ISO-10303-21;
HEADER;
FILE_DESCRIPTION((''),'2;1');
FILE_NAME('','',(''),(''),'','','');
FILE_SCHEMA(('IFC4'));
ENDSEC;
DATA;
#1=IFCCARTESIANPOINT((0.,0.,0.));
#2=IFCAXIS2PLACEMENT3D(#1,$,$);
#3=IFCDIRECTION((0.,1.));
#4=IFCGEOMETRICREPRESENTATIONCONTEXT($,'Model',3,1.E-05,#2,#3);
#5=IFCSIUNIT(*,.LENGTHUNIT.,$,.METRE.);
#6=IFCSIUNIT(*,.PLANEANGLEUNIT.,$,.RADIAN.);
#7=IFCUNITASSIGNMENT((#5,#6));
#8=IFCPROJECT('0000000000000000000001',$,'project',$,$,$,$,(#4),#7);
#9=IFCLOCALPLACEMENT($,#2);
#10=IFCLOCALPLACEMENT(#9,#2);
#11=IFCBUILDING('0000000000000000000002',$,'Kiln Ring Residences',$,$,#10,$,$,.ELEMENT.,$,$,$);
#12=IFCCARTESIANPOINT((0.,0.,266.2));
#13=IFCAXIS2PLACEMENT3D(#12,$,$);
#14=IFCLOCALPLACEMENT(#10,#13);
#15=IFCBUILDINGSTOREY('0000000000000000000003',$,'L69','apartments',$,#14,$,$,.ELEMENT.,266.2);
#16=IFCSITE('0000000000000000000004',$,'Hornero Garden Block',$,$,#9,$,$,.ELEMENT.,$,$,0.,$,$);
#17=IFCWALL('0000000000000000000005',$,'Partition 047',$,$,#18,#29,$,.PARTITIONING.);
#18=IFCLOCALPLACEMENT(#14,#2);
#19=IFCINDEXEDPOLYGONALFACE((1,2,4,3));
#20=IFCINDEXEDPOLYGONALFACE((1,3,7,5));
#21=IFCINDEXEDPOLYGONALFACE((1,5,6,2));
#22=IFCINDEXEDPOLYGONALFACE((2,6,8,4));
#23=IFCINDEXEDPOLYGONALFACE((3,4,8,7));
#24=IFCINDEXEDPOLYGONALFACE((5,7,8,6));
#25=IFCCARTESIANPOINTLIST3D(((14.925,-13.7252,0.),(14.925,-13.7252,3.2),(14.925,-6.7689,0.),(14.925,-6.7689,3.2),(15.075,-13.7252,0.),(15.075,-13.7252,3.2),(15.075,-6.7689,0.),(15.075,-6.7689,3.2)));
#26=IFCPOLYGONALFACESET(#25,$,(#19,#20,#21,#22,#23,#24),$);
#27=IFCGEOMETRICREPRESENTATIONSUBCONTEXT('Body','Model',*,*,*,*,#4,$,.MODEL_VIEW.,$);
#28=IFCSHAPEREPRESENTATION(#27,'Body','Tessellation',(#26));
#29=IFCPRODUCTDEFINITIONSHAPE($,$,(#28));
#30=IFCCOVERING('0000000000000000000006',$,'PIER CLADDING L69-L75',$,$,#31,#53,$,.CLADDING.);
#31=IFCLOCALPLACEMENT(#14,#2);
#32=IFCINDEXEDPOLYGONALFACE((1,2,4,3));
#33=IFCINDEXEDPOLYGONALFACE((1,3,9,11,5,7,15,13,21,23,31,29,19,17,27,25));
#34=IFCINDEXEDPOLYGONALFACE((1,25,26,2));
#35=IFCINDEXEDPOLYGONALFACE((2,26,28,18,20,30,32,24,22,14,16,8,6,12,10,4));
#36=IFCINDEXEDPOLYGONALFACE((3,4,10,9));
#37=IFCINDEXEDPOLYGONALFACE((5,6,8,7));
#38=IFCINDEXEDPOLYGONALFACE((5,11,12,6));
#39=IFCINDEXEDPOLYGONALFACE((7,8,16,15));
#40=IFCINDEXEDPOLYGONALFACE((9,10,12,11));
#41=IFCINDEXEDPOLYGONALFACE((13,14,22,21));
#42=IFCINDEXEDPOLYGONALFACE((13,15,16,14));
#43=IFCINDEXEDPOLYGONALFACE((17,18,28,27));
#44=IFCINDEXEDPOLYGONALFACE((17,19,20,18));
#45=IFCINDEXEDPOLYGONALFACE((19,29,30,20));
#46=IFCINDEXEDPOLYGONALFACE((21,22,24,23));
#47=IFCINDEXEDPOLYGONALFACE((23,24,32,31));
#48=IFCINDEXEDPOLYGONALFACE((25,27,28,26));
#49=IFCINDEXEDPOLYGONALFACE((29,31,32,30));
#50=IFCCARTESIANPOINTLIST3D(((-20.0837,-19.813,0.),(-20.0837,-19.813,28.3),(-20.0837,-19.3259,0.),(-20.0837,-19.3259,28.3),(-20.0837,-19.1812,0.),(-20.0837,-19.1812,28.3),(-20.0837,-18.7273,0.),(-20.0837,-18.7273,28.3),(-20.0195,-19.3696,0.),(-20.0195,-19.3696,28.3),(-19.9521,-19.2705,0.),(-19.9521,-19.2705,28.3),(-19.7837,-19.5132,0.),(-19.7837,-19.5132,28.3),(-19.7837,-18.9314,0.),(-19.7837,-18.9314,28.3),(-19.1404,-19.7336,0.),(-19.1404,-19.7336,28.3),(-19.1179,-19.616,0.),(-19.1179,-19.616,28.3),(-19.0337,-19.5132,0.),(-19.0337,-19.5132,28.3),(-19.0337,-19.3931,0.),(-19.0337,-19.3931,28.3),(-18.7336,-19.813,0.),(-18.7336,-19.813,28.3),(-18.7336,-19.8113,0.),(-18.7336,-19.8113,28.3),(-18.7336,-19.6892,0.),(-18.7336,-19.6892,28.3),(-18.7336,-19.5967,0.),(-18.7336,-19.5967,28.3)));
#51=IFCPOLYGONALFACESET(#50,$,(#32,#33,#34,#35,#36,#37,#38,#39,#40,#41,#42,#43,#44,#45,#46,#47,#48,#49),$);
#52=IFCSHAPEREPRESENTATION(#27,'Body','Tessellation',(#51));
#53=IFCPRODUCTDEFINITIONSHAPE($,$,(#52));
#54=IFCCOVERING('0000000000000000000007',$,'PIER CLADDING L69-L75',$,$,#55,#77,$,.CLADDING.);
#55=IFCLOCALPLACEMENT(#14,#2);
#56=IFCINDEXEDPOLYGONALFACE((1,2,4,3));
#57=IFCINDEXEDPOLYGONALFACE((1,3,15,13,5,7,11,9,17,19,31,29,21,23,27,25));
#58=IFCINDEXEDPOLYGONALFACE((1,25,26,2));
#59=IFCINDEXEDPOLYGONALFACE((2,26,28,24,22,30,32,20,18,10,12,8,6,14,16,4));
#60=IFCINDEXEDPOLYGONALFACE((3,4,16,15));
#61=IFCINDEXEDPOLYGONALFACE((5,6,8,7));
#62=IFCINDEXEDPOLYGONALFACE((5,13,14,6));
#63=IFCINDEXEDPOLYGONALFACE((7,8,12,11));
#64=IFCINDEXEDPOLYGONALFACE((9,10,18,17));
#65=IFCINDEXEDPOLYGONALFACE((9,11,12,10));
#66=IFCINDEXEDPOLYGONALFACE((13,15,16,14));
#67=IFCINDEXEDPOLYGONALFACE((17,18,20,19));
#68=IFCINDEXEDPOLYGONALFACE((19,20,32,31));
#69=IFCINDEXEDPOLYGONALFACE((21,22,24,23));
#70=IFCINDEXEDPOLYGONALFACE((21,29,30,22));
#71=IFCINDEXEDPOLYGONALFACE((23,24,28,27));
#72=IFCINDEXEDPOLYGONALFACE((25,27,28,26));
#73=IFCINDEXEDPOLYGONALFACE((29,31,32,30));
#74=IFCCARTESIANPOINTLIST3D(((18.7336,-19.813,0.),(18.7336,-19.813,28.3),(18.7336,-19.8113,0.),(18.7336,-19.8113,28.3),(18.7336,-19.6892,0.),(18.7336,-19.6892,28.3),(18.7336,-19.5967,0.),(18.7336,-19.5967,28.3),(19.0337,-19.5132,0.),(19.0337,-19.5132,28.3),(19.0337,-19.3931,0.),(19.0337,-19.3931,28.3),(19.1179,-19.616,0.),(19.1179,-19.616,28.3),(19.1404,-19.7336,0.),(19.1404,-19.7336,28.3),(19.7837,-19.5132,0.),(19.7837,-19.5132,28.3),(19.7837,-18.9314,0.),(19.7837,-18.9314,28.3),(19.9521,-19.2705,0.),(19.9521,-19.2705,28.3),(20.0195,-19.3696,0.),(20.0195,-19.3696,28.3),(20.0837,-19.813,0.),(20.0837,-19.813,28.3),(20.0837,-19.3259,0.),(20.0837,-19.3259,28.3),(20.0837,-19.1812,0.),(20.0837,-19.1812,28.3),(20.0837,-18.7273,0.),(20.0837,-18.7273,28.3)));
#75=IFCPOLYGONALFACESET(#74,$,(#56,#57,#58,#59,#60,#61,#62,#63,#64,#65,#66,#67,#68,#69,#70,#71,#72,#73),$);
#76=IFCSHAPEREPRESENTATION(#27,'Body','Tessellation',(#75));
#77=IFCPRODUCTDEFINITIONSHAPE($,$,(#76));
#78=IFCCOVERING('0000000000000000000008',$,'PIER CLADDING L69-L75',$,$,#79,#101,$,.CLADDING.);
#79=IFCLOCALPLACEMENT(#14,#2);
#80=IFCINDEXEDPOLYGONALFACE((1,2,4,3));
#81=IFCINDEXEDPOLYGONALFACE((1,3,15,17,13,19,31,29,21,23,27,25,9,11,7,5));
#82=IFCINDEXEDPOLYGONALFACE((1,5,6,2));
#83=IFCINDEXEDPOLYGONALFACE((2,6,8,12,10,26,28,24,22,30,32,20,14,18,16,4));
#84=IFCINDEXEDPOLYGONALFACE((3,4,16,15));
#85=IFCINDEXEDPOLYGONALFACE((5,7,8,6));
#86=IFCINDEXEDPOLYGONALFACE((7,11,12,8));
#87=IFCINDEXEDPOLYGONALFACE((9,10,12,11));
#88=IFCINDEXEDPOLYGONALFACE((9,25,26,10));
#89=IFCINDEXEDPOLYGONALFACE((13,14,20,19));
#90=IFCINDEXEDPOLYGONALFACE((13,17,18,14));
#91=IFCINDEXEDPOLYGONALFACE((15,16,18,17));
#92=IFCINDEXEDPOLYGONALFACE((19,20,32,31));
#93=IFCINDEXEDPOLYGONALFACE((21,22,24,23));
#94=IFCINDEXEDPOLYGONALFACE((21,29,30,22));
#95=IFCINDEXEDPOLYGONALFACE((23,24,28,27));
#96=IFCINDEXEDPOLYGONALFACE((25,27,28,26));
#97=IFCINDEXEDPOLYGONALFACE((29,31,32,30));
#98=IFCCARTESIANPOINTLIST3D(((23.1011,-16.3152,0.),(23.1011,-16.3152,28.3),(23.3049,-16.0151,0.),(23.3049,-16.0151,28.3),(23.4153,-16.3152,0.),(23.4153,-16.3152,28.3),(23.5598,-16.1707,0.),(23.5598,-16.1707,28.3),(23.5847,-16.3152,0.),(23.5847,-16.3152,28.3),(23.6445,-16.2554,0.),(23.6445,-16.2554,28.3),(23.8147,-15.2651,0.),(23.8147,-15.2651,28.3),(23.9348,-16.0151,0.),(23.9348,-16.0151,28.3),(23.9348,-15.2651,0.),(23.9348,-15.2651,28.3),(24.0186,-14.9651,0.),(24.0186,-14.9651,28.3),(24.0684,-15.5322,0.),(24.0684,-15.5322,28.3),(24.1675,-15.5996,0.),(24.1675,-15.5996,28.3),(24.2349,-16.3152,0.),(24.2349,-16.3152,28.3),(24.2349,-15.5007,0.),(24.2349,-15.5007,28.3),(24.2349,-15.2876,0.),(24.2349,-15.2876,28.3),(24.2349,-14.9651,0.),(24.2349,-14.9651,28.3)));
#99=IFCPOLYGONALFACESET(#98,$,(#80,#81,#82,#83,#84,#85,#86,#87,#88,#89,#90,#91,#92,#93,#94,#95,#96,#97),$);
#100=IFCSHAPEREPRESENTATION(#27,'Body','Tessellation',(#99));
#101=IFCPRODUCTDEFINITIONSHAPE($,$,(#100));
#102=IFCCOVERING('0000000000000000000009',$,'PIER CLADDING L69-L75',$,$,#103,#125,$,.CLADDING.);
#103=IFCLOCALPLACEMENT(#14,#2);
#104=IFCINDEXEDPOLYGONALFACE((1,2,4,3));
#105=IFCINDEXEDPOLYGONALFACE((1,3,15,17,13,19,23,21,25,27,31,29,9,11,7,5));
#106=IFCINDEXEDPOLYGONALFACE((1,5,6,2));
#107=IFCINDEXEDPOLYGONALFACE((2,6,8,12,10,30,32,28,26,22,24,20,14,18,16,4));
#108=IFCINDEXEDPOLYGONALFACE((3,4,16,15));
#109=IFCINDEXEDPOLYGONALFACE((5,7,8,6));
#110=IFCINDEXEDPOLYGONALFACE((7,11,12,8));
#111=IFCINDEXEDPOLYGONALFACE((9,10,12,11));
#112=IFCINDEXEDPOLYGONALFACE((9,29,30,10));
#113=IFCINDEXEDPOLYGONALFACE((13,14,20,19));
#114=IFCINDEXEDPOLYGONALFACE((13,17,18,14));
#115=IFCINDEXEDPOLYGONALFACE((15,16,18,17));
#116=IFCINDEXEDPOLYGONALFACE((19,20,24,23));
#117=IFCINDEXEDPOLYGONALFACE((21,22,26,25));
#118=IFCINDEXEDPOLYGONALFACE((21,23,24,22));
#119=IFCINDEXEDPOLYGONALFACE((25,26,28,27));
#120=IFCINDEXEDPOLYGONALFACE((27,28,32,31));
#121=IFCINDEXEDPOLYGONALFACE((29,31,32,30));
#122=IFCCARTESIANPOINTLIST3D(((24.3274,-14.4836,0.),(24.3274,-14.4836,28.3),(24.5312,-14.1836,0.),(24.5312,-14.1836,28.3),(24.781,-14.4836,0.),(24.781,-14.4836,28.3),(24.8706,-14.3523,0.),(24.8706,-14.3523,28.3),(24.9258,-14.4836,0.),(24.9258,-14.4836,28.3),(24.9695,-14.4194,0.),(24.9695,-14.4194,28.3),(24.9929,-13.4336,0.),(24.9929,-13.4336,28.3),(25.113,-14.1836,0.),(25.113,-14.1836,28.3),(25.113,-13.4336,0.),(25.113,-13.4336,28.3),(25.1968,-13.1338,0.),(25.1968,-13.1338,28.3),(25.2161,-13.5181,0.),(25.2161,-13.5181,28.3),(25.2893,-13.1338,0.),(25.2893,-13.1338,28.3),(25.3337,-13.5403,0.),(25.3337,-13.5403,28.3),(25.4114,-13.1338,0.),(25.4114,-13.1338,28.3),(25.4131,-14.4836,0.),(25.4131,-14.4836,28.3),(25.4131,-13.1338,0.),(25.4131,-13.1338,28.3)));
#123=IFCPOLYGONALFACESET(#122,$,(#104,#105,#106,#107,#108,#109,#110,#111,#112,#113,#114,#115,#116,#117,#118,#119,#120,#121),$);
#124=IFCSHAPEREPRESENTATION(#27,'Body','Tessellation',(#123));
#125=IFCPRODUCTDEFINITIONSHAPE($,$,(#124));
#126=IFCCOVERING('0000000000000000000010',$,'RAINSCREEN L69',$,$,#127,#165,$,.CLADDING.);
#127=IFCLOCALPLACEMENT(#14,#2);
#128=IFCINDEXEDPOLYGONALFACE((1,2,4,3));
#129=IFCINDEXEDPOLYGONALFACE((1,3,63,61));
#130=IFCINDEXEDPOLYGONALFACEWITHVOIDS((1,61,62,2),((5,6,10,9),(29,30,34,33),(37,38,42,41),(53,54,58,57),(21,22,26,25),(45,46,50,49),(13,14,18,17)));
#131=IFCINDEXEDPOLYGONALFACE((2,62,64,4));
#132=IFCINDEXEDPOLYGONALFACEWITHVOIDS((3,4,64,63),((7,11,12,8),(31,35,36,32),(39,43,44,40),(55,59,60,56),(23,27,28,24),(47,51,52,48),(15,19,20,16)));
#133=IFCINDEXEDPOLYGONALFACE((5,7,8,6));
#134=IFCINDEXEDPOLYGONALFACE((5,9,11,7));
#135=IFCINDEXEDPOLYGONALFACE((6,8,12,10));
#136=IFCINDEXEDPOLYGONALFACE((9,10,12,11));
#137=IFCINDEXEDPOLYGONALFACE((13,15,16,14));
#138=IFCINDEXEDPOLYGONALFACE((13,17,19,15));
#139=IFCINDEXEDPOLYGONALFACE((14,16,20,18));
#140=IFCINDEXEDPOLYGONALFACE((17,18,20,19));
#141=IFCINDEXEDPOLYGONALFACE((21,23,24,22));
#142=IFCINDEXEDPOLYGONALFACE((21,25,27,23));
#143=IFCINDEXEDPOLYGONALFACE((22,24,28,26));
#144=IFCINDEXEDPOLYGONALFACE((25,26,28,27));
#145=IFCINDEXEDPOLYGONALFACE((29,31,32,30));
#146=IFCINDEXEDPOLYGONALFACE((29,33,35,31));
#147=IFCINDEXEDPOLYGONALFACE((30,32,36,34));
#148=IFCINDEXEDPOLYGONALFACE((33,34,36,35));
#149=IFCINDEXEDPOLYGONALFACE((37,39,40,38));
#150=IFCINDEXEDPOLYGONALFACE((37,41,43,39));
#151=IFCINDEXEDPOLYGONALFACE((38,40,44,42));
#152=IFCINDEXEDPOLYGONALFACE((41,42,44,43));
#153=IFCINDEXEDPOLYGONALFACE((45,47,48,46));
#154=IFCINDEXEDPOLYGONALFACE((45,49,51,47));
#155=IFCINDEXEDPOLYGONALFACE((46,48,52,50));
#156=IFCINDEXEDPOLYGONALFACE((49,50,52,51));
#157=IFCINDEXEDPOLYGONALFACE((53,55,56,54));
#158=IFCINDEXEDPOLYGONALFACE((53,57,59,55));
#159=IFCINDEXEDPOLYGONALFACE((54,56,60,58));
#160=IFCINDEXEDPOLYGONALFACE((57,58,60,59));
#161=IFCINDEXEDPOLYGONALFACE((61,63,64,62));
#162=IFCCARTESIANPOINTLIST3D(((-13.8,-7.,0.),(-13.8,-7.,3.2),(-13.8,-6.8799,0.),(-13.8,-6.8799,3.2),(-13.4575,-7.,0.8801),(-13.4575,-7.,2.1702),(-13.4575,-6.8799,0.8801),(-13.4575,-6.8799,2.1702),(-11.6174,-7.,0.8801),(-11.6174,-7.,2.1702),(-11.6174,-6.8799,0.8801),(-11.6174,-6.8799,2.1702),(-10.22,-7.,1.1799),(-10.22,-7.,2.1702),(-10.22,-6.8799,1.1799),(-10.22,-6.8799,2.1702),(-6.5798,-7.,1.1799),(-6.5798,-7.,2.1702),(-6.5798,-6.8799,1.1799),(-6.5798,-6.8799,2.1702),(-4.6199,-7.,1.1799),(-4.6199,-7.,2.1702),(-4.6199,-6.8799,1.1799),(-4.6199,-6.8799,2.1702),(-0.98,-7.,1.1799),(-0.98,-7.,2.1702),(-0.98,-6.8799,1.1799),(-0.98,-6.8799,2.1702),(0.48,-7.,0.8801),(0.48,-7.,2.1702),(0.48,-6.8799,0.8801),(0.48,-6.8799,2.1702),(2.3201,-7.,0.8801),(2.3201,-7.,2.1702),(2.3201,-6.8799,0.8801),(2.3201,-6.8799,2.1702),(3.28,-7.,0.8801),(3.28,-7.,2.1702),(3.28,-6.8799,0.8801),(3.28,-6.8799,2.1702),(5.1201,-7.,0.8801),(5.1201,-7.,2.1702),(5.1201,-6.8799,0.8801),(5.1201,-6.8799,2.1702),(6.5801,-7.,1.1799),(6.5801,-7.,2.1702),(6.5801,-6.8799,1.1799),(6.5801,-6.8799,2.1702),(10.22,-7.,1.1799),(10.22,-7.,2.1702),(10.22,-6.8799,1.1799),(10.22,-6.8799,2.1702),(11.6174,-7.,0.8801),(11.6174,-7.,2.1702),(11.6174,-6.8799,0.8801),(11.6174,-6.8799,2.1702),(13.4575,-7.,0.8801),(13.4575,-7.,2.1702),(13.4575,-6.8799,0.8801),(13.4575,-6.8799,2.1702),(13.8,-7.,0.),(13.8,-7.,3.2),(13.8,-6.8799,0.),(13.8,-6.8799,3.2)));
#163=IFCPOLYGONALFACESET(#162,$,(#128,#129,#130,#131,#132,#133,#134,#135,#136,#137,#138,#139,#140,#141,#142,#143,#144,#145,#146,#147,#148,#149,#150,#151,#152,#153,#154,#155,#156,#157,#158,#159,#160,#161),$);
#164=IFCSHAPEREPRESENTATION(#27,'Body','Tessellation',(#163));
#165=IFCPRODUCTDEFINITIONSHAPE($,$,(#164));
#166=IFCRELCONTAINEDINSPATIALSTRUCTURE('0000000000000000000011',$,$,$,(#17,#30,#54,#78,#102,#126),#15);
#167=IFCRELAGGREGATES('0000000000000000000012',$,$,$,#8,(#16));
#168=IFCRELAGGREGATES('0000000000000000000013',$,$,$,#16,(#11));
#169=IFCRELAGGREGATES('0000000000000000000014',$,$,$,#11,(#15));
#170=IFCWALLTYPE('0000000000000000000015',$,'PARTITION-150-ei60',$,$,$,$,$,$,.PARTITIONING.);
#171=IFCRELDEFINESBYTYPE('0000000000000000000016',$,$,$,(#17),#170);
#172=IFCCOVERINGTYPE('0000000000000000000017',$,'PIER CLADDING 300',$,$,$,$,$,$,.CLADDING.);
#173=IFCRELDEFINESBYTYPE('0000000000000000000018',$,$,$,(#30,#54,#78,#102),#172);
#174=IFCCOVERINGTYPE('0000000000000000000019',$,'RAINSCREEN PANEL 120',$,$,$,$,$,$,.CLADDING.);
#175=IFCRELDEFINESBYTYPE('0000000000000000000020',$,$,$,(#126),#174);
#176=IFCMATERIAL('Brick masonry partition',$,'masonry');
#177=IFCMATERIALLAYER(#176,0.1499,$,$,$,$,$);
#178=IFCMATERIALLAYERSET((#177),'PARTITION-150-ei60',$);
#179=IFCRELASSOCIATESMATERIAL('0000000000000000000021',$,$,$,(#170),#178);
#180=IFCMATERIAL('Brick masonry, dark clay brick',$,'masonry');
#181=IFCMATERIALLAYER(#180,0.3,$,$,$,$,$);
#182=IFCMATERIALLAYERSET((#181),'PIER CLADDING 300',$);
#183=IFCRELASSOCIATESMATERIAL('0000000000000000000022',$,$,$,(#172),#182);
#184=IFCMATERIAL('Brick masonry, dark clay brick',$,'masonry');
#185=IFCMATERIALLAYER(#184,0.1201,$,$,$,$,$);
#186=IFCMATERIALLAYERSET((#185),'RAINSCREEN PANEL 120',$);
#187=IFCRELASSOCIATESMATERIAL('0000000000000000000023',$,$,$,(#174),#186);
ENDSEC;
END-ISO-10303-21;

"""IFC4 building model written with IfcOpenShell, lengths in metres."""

from ifc_helpers import new_model, si_unit, direction, frame, frame_2d, origin, place, context, subcontext, project, spatial, polyline, rectangle, outline, extrude, material, layer, layer_set, type_object, element, save


model = new_model("IFC4")

# Units and contexts
model_context = context("Model", 3, precision=1e-05, world=origin(), true_north=direction((0.0, 1.0)))
body_context = subcontext(model_context, "Body", "Model", "MODEL_VIEW")
ifc_project = project(units=[si_unit("LENGTHUNIT", "METRE"), si_unit("PLANEANGLEUNIT", "RADIAN")], contexts=[model_context])

# Site, building, storey
site_placement = place(None, origin())
site = spatial("IfcSite", under=ifc_project, at=site_placement, Name="Hornero Garden Block", CompositionType="ELEMENT", RefElevation=0.0)
building_placement = place(site_placement, origin())
building = spatial("IfcBuilding", under=site, at=building_placement, Name="Kiln Ring Residences", CompositionType="ELEMENT")
storey_placement = place(building_placement, frame((0.0, 0.0, 266.2)))
storey = spatial("IfcBuildingStorey", under=building, at=storey_placement, Name="L69", Description="apartments", CompositionType="ELEMENT", Elevation=266.2)

# Shared definitions
placement = place(storey_placement, origin())

# Shared definitions
ifc_material_1 = material(Name="Brick masonry partition", Category="masonry")
ifc_layer_1 = layer(ifc_material_1, 0.1499)
ifc_layer_set_1 = layer_set([ifc_layer_1], Name="PARTITION-150-ei60")
wall_type_1 = type_object("IfcWallType", Name="PARTITION-150-ei60", PredefinedType="PARTITIONING", material=ifc_layer_set_1)

# Wall
wall_1_placement = place(storey_placement, frame((15.0, -13.7251, 0.0), z_axis=(0.0, 0.0, 1.0), x_axis=(0.0, 1.0, 0.0)))
element("IfcWall", 1, at=wall_1_placement, inside=storey, type_object=wall_type_1, Name="Partition 047", PredefinedType="PARTITIONING", context=body_context, shape_type="SweptSolid", body=[
    extrude(rectangle(XDim=6.9563, YDim=0.1499, at=frame_2d((3.478, 0.0))), origin(), (0.0, 0.0, 1.0), 3.2),
])

# Coverings
ifc_material_2 = material(Name="Brick masonry, dark clay brick", Category="masonry")
ifc_layer_2 = layer(ifc_material_2, 0.3)
ifc_layer_set_2 = layer_set([ifc_layer_2], Name="PIER CLADDING 300")
covering_type_1 = type_object("IfcCoveringType", Name="PIER CLADDING 300", PredefinedType="CLADDING", material=ifc_layer_set_2)
element("IfcCovering", 2, at=placement, inside=storey, type_object=covering_type_1, Name="PIER CLADDING L69-L75", PredefinedType="CLADDING", context=body_context, shape_type="SweptSolid", body=[
    extrude(outline(polyline([(-19.7837, -19.5132), (-19.7837, -18.9314), (-20.0837, -18.7273), (-20.0837, -19.1812), (-19.9521, -19.2705), (-20.0195, -19.3696), (-20.0837, -19.3259), (-20.0837, -19.813), (-18.7336, -19.813), (-18.7336, -19.8113), (-19.1404, -19.7336), (-19.1179, -19.616), (-18.7336, -19.6892), (-18.7336, -19.5967), (-19.0337, -19.3931), (-19.0337, -19.5132), (-19.7837, -19.5132)])), origin(), (0.0, 0.0, 1.0), 28.3),
])
element("IfcCovering", 3, at=placement, inside=storey, type_object=covering_type_1, Name="PIER CLADDING L69-L75", PredefinedType="CLADDING", context=body_context, shape_type="SweptSolid", body=[
    extrude(outline(polyline([(19.0337, -19.3931), (18.7336, -19.5967), (18.7336, -19.6892), (19.1179, -19.616), (19.1404, -19.7336), (18.7336, -19.8113), (18.7336, -19.813), (20.0837, -19.813), (20.0837, -19.3259), (20.0195, -19.3696), (19.9521, -19.2705), (20.0837, -19.1812), (20.0837, -18.7273), (19.7837, -18.9314), (19.7837, -19.5132), (19.0337, -19.5132), (19.0337, -19.3931)])), origin(), (0.0, 0.0, 1.0), 28.3),
])
element("IfcCovering", 4, at=placement, inside=storey, type_object=covering_type_1, Name="PIER CLADDING L69-L75", PredefinedType="CLADDING", context=body_context, shape_type="SweptSolid", body=[
    extrude(outline(polyline([(24.2349, -15.2876), (24.2349, -14.9651), (24.0186, -14.9651), (23.8147, -15.2651), (23.9348, -15.2651), (23.9348, -16.0151), (23.3049, -16.0151), (23.1011, -16.3152), (23.4153, -16.3152), (23.5598, -16.1707), (23.6445, -16.2554), (23.5847, -16.3152), (24.2349, -16.3152), (24.2349, -15.5007), (24.1675, -15.5996), (24.0684, -15.5322), (24.2349, -15.2876)])), origin(), (0.0, 0.0, 1.0), 28.3),
])
element("IfcCovering", 5, at=placement, inside=storey, type_object=covering_type_1, Name="PIER CLADDING L69-L75", PredefinedType="CLADDING", context=body_context, shape_type="SweptSolid", body=[
    extrude(outline(polyline([(25.4131, -14.4836), (25.4131, -13.1338), (25.4114, -13.1338), (25.3337, -13.5403), (25.2161, -13.5181), (25.2893, -13.1338), (25.1968, -13.1338), (24.9929, -13.4336), (25.113, -13.4336), (25.113, -14.1836), (24.5312, -14.1836), (24.3274, -14.4836), (24.781, -14.4836), (24.8706, -14.3523), (24.9695, -14.4194), (24.9258, -14.4836), (25.4131, -14.4836)])), origin(), (0.0, 0.0, 1.0), 28.3),
])
ifc_material_3 = material(Name="Brick masonry, dark clay brick", Category="masonry")
ifc_layer_3 = layer(ifc_material_3, 0.1201)
ifc_layer_set_3 = layer_set([ifc_layer_3], Name="RAINSCREEN PANEL 120")
covering_type_2 = type_object("IfcCoveringType", Name="RAINSCREEN PANEL 120", PredefinedType="CLADDING", material=ifc_layer_set_3)
covering_1_placement = place(storey_placement, frame((13.8, -6.9399, 0.0), z_axis=(0.0, 0.0, 1.0), x_axis=(-1.0, 0.0, 0.0)))
element("IfcCovering", 6, at=covering_1_placement, inside=storey, type_object=covering_type_2, Name="RAINSCREEN L69", PredefinedType="CLADDING", context=body_context, shape_type="SweptSolid", body=[
    extrude(outline(polyline([(0.0, 0.0), (27.6001, 0.0), (27.6001, 3.2), (0.0, 3.2), (0.0, 0.0)]), holes=[polyline([(2.1826, 0.8801), (2.1826, 2.1702), (0.3425, 2.1702), (0.3425, 0.8801), (2.1826, 0.8801)]), polyline([(8.6799, 0.8801), (10.52, 0.8801), (10.52, 2.1702), (8.6799, 2.1702), (8.6799, 0.8801)]), polyline([(11.48, 0.8801), (13.3201, 0.8801), (13.3201, 2.1702), (11.48, 2.1702), (11.48, 0.8801)]), polyline([(25.4175, 0.8801), (27.2576, 0.8801), (27.2576, 2.1702), (25.4175, 2.1702), (25.4175, 0.8801)]), polyline([(3.5801, 1.1799), (7.22, 1.1799), (7.22, 2.1702), (3.5801, 2.1702), (3.5801, 1.1799)]), polyline([(14.78, 1.1799), (18.4199, 1.1799), (18.4199, 2.1702), (14.78, 2.1702), (14.78, 1.1799)]), polyline([(20.3799, 1.1799), (24.02, 1.1799), (24.02, 2.1702), (20.3799, 2.1702), (20.3799, 1.1799)])]), frame((0.0, 0.0601, 0.0), z_axis=(0.0, -1.0, 0.0), x_axis=(1.0, 0.0, 0.0)), (0.0, 0.0, 1.0), 0.1201),
])

save(model, "model.ifc")
